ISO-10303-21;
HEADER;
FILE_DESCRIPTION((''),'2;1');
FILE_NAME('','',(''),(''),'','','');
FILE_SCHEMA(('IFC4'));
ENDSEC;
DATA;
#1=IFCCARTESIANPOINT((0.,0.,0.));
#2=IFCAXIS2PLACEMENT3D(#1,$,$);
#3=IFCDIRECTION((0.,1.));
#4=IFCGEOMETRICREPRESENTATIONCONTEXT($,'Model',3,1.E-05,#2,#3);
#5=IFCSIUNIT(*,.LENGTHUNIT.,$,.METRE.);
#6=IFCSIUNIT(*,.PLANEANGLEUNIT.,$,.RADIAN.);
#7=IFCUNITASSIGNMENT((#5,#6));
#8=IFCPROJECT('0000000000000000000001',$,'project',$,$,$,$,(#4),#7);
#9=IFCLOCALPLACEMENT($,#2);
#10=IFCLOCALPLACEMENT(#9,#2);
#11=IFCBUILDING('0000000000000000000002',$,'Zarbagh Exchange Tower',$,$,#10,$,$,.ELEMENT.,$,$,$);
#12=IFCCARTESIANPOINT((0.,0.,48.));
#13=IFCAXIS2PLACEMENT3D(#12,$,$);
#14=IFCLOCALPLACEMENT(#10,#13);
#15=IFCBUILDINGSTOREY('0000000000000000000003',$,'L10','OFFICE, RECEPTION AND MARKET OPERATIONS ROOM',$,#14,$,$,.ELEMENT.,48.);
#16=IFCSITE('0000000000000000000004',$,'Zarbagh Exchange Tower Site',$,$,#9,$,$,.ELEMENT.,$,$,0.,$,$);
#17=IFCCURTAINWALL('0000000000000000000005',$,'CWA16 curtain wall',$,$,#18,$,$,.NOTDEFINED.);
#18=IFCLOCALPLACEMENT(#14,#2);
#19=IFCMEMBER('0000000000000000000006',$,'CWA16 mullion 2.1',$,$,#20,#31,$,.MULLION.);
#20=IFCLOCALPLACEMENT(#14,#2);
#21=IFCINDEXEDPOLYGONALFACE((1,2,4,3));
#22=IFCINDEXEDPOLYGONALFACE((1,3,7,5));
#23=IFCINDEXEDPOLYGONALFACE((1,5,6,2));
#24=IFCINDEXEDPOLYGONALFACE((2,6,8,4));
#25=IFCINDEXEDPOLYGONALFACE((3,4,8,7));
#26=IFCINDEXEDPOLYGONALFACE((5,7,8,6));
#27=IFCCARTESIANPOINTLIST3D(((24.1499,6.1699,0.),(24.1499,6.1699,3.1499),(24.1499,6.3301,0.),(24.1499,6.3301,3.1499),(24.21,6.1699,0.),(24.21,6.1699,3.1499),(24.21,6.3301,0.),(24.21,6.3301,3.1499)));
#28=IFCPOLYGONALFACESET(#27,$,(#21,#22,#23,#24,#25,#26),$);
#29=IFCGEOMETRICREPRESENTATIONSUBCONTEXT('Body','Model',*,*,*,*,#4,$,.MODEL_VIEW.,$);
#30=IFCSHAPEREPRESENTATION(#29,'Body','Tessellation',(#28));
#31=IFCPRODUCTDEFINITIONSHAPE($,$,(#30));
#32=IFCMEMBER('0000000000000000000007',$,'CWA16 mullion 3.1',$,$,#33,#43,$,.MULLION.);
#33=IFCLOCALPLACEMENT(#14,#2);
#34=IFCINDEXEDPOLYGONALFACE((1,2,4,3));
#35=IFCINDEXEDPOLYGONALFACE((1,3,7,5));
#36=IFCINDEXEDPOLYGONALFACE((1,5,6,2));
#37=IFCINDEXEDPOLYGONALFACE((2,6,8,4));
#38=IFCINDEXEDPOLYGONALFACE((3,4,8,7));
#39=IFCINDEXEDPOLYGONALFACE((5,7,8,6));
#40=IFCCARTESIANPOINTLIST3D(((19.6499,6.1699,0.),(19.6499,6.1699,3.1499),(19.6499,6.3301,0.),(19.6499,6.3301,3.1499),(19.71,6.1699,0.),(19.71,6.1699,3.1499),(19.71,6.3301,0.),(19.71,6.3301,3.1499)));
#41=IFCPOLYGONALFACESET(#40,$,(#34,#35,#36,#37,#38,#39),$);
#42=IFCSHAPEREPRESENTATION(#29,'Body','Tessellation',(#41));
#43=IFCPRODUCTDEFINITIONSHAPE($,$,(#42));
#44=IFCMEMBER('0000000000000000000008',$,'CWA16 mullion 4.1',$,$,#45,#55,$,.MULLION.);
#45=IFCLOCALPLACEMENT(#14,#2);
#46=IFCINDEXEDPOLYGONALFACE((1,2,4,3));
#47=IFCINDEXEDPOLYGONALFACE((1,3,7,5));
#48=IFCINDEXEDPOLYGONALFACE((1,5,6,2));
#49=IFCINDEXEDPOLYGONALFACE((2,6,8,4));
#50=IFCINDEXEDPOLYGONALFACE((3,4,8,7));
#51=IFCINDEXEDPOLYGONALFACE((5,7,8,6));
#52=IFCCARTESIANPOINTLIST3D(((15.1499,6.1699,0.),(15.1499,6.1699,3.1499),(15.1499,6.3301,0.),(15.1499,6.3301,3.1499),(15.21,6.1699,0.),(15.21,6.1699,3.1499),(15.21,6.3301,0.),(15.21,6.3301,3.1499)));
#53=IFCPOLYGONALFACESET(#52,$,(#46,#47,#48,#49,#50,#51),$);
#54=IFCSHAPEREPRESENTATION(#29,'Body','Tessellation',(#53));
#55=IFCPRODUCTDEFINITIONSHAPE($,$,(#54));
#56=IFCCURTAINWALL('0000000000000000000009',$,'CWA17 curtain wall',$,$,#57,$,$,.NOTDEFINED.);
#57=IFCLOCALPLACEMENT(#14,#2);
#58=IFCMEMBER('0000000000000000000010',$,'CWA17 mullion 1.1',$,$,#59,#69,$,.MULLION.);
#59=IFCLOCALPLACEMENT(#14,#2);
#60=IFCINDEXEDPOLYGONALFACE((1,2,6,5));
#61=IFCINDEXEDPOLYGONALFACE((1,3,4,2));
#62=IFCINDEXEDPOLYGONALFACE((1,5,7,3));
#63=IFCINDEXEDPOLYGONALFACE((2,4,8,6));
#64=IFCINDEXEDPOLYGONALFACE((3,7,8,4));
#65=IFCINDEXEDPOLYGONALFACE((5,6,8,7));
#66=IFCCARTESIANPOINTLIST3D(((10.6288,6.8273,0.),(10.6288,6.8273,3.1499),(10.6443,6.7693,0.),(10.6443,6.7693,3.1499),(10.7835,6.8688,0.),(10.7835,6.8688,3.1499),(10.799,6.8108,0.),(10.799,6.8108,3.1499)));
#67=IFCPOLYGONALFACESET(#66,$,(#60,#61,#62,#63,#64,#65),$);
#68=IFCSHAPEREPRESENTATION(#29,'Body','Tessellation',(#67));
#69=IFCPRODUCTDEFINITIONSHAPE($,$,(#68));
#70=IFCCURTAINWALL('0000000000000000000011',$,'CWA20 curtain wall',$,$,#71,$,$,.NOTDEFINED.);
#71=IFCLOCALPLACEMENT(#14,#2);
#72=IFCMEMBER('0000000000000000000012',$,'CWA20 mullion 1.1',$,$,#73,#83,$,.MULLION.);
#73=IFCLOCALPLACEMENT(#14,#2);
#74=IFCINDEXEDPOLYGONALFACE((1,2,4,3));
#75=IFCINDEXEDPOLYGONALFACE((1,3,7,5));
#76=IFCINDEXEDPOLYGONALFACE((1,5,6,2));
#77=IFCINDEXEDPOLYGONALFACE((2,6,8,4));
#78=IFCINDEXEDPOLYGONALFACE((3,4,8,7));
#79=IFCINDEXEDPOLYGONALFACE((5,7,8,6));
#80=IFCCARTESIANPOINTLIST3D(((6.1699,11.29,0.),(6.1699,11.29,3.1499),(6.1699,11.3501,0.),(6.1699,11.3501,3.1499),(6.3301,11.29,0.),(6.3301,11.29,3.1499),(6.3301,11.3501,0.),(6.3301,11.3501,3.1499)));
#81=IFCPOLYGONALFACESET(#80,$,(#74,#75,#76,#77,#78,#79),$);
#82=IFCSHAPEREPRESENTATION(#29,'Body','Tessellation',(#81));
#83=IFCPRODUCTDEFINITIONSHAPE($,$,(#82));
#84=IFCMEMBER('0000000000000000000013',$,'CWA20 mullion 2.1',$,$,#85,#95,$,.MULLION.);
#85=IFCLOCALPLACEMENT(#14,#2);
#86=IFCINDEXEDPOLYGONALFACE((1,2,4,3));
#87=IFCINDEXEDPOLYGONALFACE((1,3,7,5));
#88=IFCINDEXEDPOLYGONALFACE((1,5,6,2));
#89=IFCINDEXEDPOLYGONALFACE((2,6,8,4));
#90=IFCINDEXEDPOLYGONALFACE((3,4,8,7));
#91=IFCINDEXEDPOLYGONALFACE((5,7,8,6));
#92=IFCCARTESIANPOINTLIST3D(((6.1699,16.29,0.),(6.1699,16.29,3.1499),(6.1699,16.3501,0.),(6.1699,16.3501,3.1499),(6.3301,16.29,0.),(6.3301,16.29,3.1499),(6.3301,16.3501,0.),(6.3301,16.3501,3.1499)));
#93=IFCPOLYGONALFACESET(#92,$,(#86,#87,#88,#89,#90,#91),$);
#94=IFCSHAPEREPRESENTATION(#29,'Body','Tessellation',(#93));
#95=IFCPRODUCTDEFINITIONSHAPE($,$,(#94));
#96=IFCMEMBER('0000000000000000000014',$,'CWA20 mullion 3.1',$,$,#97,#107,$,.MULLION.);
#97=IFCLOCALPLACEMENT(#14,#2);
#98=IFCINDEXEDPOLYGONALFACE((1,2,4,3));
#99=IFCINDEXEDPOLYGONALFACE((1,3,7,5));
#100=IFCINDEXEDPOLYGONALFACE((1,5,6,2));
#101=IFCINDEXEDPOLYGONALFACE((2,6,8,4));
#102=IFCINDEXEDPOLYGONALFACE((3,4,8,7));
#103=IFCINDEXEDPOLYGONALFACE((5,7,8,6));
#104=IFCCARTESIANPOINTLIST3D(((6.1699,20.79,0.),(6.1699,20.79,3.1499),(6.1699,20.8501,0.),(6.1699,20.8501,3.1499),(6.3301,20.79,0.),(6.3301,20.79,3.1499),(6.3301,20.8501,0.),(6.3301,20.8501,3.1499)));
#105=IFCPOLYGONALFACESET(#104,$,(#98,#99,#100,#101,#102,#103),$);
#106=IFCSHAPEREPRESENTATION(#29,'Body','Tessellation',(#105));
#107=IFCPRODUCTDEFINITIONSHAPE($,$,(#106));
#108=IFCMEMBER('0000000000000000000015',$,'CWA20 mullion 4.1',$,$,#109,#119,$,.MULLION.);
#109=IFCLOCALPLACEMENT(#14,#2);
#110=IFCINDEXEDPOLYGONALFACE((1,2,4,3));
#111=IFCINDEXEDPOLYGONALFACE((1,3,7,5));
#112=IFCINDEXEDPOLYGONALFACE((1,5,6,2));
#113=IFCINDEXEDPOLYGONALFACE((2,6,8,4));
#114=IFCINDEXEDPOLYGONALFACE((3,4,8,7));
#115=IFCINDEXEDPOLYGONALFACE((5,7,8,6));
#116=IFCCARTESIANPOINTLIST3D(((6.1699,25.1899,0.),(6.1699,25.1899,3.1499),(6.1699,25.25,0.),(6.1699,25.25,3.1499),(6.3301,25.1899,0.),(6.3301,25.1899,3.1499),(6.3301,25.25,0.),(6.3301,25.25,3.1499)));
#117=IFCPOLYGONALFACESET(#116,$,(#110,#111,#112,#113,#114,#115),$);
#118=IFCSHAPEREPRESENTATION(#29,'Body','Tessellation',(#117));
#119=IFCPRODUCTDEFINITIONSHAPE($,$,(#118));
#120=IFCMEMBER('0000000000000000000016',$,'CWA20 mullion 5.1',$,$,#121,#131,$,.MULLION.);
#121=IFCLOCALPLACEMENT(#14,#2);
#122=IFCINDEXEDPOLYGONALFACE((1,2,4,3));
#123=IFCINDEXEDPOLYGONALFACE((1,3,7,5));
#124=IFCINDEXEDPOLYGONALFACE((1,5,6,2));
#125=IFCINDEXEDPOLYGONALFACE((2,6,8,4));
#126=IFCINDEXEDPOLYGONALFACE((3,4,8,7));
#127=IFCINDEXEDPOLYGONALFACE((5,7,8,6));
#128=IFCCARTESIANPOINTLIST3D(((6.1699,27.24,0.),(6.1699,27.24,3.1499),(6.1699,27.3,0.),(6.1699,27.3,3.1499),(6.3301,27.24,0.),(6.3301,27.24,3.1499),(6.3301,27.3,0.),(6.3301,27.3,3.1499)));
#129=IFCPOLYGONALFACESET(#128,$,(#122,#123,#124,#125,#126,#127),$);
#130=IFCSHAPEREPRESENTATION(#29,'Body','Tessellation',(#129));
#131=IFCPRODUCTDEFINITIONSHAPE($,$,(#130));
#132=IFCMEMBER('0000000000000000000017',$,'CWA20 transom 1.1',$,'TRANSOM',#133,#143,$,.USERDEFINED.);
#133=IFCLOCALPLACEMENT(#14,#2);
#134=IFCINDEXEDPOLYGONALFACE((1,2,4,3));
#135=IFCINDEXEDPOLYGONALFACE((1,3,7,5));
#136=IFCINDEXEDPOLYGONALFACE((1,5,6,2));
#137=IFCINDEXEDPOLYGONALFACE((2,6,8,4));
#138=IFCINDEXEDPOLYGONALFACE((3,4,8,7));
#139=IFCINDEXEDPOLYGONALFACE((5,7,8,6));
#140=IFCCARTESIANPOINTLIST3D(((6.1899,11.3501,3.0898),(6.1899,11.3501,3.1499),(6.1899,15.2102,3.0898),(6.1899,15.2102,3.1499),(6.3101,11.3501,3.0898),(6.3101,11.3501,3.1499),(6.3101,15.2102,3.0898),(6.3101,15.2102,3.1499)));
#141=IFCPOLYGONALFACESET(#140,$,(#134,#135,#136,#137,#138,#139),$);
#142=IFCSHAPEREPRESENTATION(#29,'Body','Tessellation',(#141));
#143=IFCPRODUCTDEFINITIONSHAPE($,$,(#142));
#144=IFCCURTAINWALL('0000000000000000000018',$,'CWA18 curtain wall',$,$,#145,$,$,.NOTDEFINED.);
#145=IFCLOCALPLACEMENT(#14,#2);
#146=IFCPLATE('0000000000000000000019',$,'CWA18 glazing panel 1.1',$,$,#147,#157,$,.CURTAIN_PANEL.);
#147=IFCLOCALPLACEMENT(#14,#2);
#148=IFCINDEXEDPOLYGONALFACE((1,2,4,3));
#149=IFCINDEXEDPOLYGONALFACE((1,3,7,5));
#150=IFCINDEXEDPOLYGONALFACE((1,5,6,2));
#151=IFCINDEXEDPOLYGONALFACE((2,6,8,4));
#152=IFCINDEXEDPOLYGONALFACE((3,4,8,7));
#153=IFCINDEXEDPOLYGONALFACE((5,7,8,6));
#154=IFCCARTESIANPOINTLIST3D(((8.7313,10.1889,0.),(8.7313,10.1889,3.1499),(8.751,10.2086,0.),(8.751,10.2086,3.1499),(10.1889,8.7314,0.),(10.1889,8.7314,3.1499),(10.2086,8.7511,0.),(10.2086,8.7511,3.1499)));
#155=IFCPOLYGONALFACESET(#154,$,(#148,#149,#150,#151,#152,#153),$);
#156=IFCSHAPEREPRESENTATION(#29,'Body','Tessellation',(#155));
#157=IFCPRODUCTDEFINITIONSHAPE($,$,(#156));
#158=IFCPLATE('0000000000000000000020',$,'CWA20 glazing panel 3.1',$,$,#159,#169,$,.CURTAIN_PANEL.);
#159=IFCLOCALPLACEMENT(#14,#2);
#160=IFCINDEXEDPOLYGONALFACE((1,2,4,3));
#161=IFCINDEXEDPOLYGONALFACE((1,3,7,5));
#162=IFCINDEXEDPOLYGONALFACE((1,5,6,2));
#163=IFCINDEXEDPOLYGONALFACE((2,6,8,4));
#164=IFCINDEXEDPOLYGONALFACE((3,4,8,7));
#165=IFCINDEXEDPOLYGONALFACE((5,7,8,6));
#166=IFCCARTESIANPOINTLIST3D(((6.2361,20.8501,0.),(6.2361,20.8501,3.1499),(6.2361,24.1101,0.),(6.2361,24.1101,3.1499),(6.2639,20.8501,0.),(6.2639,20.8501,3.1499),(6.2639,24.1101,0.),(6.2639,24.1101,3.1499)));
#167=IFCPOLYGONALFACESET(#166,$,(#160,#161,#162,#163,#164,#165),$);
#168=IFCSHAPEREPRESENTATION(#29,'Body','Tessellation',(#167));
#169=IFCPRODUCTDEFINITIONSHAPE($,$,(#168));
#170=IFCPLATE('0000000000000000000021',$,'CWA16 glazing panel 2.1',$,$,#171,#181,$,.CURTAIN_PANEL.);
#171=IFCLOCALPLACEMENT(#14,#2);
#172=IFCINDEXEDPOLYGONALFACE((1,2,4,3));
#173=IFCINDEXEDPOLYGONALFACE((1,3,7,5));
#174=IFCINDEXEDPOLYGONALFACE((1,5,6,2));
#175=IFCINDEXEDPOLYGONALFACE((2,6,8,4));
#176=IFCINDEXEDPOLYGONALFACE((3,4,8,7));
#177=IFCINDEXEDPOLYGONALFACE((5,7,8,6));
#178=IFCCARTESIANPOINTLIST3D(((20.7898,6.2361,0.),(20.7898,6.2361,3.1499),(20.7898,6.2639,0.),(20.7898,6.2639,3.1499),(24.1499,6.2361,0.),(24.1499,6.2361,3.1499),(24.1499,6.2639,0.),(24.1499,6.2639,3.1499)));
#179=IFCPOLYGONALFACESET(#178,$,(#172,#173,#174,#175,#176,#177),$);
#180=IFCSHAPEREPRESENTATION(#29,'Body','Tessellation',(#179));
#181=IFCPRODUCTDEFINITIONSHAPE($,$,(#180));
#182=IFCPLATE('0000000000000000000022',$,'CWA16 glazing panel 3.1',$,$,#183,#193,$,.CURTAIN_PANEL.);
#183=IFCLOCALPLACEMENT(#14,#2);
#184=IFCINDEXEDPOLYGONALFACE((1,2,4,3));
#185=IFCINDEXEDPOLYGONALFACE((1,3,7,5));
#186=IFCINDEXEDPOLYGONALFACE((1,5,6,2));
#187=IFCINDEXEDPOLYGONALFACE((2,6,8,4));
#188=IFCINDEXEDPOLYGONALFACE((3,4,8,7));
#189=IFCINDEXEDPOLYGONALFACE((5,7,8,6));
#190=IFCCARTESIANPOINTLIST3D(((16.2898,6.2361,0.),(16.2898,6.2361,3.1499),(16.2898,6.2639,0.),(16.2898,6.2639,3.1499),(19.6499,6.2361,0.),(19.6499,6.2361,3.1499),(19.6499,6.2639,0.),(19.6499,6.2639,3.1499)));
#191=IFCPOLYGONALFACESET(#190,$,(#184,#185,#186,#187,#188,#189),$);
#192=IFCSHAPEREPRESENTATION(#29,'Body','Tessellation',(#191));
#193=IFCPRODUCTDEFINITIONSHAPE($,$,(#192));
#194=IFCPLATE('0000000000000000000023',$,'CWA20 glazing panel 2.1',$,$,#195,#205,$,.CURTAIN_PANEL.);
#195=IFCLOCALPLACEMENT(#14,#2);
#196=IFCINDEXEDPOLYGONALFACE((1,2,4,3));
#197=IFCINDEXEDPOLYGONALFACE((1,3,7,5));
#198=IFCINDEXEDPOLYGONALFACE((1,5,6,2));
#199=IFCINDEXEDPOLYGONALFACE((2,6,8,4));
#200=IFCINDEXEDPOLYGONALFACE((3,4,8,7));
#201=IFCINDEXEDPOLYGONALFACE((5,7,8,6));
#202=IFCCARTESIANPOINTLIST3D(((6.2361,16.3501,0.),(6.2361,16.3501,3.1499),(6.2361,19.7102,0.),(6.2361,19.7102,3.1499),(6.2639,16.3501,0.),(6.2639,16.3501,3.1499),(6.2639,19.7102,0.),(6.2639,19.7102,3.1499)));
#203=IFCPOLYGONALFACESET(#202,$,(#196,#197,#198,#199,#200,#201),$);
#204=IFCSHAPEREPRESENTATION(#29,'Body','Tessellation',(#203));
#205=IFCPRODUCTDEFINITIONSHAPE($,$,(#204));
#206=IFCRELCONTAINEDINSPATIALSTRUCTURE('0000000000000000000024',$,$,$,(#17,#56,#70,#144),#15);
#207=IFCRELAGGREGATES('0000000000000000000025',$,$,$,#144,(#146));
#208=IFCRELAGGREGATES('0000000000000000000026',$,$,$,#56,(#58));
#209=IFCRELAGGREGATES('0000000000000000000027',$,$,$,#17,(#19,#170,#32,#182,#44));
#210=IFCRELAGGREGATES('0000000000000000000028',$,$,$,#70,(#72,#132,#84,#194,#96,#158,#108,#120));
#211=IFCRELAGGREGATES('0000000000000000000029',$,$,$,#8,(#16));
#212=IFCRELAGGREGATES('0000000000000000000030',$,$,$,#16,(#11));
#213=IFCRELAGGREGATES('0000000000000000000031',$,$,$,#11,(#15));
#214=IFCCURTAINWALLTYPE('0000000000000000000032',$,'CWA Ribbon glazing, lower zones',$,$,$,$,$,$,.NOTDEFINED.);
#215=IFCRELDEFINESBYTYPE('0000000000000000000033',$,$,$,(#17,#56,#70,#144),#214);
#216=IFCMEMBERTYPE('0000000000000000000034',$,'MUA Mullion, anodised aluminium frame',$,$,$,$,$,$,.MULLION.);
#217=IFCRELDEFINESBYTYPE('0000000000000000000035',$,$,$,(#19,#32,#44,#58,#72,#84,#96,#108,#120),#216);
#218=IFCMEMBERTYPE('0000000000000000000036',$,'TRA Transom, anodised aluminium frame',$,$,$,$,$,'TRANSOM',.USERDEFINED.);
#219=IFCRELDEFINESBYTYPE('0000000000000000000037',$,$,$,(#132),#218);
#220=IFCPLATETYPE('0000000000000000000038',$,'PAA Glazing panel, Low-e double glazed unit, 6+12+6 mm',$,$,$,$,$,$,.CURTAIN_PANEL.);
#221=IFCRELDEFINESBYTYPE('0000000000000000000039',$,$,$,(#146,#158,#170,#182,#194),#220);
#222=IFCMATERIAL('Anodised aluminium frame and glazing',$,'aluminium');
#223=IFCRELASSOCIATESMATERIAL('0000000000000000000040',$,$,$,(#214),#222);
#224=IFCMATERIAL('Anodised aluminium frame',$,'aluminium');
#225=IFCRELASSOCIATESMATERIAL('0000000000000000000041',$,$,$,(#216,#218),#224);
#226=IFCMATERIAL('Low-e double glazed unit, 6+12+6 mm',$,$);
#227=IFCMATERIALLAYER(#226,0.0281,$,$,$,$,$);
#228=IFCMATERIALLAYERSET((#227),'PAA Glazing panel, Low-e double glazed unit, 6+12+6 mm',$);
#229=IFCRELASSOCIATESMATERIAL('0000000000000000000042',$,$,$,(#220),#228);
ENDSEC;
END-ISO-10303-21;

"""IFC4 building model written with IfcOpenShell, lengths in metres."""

from ifc_helpers import new_model, si_unit, direction, frame, origin, place, context, subcontext, project, spatial, polyline, outline, extrude, source, transform, mapped, material, layer, layer_set, type_object, element, aggregate, save


model = new_model("IFC4")

# Units and contexts
model_context = context("Model", 3, precision=1e-05, world=origin(), true_north=direction((0.0, 1.0)))
body_context = subcontext(model_context, "Body", "Model", "MODEL_VIEW")
ifc_project = project(units=[si_unit("LENGTHUNIT", "METRE"), si_unit("PLANEANGLEUNIT", "RADIAN")], contexts=[model_context])

# Site, building, storey
site_placement = place(None, origin())
site = spatial("IfcSite", under=ifc_project, at=site_placement, Name="Zarbagh Exchange Tower Site", CompositionType="ELEMENT", RefElevation=0.0)
building_placement = place(site_placement, origin())
building = spatial("IfcBuilding", under=site, at=building_placement, Name="Zarbagh Exchange Tower", CompositionType="ELEMENT")
storey_placement = place(building_placement, frame((0.0, 0.0, 48.0)))
storey = spatial("IfcBuildingStorey", under=building, at=storey_placement, Name="L10", Description="OFFICE, RECEPTION AND MARKET OPERATIONS ROOM", CompositionType="ELEMENT", Elevation=48.0)

# Curtain wall, members
ifc_material_1 = material(Name="Anodised aluminium frame and glazing", Category="aluminium")
curtain_wall_type = type_object("IfcCurtainWallType", Name="CWA Ribbon glazing, lower zones", PredefinedType="NOTDEFINED", material=ifc_material_1)
curtain_wall_1_placement = place(storey_placement, origin())
curtain_wall_1 = element("IfcCurtainWall", 1, at=curtain_wall_1_placement, inside=storey, type_object=curtain_wall_type, Name="CWA16 curtain wall", PredefinedType="NOTDEFINED")
ifc_material_2 = material(Name="Anodised aluminium frame", Category="aluminium")
member_type_1 = type_object("IfcMemberType", Name="MUA Mullion, anodised aluminium frame", PredefinedType="MULLION", material=ifc_material_2)
shared_shape_1 = source(origin(), body_context, "Body", "SweptSolid", [
    extrude(outline(polyline([(0.0, -0.0801), (0.0601, -0.0801), (0.0601, 0.0801), (0.0, 0.0801), (0.0, -0.0801)])), origin(), (0.0, 0.0, 1.0), 3.1499),
])
placement = place(storey_placement, origin())
member_1 = element("IfcMember", 2, at=placement, type_object=member_type_1, Name="CWA16 mullion 2.1", PredefinedType="MULLION", context=body_context, shape_type="MappedRepresentation", body=[
    mapped(shared_shape_1, transform((24.21, 6.25, 0.0), x_axis=(-1.0, 0.0, 0.0), y_axis=(0.0, -1.0, 0.0), z_axis=(0.0, 0.0, 1.0))),
])
member_2 = element("IfcMember", 3, at=placement, type_object=member_type_1, Name="CWA16 mullion 3.1", PredefinedType="MULLION", context=body_context, shape_type="MappedRepresentation", body=[
    mapped(shared_shape_1, transform((19.71, 6.25, 0.0), x_axis=(-1.0, 0.0, 0.0), y_axis=(0.0, -1.0, 0.0), z_axis=(0.0, 0.0, 1.0))),
])
member_3 = element("IfcMember", 4, at=placement, type_object=member_type_1, Name="CWA16 mullion 4.1", PredefinedType="MULLION", context=body_context, shape_type="MappedRepresentation", body=[
    mapped(shared_shape_1, transform((15.21, 6.25, 0.0), x_axis=(-1.0, 0.0, 0.0), y_axis=(0.0, -1.0, 0.0), z_axis=(0.0, 0.0, 1.0))),
])

# Curtain wall, member
curtain_wall_2_placement = place(storey_placement, origin())
curtain_wall_2 = element("IfcCurtainWall", 5, at=curtain_wall_2_placement, inside=storey, type_object=curtain_wall_type, Name="CWA17 curtain wall", PredefinedType="NOTDEFINED")
member_4 = element("IfcMember", 6, at=placement, type_object=member_type_1, Name="CWA17 mullion 1.1", PredefinedType="MULLION", context=body_context, shape_type="MappedRepresentation", body=[
    mapped(shared_shape_1, transform((10.7217, 6.79, 0.0), x_axis=(-0.258825, 0.965924, 0.0), y_axis=(-0.965924, -0.258825, 0.0), z_axis=(0.0, 0.0, 1.0))),
])

# Curtain wall, members
curtain_wall_3_placement = place(storey_placement, origin())
curtain_wall_3 = element("IfcCurtainWall", 7, at=curtain_wall_3_placement, inside=storey, type_object=curtain_wall_type, Name="CWA20 curtain wall", PredefinedType="NOTDEFINED")
member_5 = element("IfcMember", 8, at=placement, type_object=member_type_1, Name="CWA20 mullion 1.1", PredefinedType="MULLION", context=body_context, shape_type="MappedRepresentation", body=[
    mapped(shared_shape_1, transform((6.25, 11.29, 0.0), x_axis=(0.0, 1.0, 0.0), y_axis=(-1.0, 0.0, 0.0), z_axis=(0.0, 0.0, 1.0))),
])
member_6 = element("IfcMember", 9, at=placement, type_object=member_type_1, Name="CWA20 mullion 2.1", PredefinedType="MULLION", context=body_context, shape_type="MappedRepresentation", body=[
    mapped(shared_shape_1, transform((6.25, 16.29, 0.0), x_axis=(0.0, 1.0, 0.0), y_axis=(-1.0, 0.0, 0.0), z_axis=(0.0, 0.0, 1.0))),
])
member_7 = element("IfcMember", 10, at=placement, type_object=member_type_1, Name="CWA20 mullion 3.1", PredefinedType="MULLION", context=body_context, shape_type="MappedRepresentation", body=[
    mapped(shared_shape_1, transform((6.25, 20.79, 0.0), x_axis=(0.0, 1.0, 0.0), y_axis=(-1.0, 0.0, 0.0), z_axis=(0.0, 0.0, 1.0))),
])
member_8 = element("IfcMember", 11, at=placement, type_object=member_type_1, Name="CWA20 mullion 4.1", PredefinedType="MULLION", context=body_context, shape_type="MappedRepresentation", body=[
    mapped(shared_shape_1, transform((6.25, 25.1899, 0.0), x_axis=(0.0, 1.0, 0.0), y_axis=(-1.0, 0.0, 0.0), z_axis=(0.0, 0.0, 1.0))),
])
member_9 = element("IfcMember", 12, at=placement, type_object=member_type_1, Name="CWA20 mullion 5.1", PredefinedType="MULLION", context=body_context, shape_type="MappedRepresentation", body=[
    mapped(shared_shape_1, transform((6.25, 27.24, 0.0), x_axis=(0.0, 1.0, 0.0), y_axis=(-1.0, 0.0, 0.0), z_axis=(0.0, 0.0, 1.0))),
])
member_type_2 = type_object("IfcMemberType", Name="TRA Transom, anodised aluminium frame", ElementType="TRANSOM", PredefinedType="USERDEFINED", material=ifc_material_2)
shared_shape_2 = source(origin(), body_context, "Body", "SweptSolid", [
    extrude(outline(polyline([(-0.0601, -0.0601), (0.0, -0.0601), (0.0, 0.0601), (-0.0601, 0.0601), (-0.0601, -0.0601)])), origin(), (0.0, 0.0, 1.0), 3.8601),
])
member_10 = element("IfcMember", 13, at=placement, type_object=member_type_2, Name="CWA20 transom 1.1", ObjectType="TRANSOM", PredefinedType="USERDEFINED", context=body_context, shape_type="MappedRepresentation", body=[
    mapped(shared_shape_2, transform((6.25, 11.3501, 3.1499), x_axis=(0.0, 0.0, 1.0), y_axis=(1.0, 0.0, 0.0), z_axis=(0.0, 1.0, 0.0))),
])

# Curtain wall, plate
curtain_wall_4_placement = place(storey_placement, origin())
curtain_wall_4 = element("IfcCurtainWall", 14, at=curtain_wall_4_placement, inside=storey, type_object=curtain_wall_type, Name="CWA18 curtain wall", PredefinedType="NOTDEFINED")
ifc_material_3 = material(Name="Low-e double glazed unit, 6+12+6 mm")
ifc_layer_1 = layer(ifc_material_3, 0.0281)
ifc_layer_set_1 = layer_set([ifc_layer_1], Name="PAA Glazing panel, Low-e double glazed unit, 6+12+6 mm")
plate_type = type_object("IfcPlateType", Name="PAA Glazing panel, Low-e double glazed unit, 6+12+6 mm", PredefinedType="CURTAIN_PANEL", material=ifc_layer_set_1)
shared_shape_3 = source(origin(), body_context, "Body", "SweptSolid", [
    extrude(outline(polyline([(0.0, -0.0139), (2.0613, -0.0139), (2.0613, 0.0139), (0.0, 0.0139), (0.0, -0.0139)])), origin(), (0.0, 0.0, 1.0), 3.1499),
])
plate_1 = element("IfcPlate", 15, at=placement, type_object=plate_type, Name="CWA18 glazing panel 1.1", PredefinedType="CURTAIN_PANEL", context=body_context, shape_type="MappedRepresentation", body=[
    mapped(shared_shape_3, transform((10.1987, 8.7412, 0.0), x_axis=(-0.707107, 0.707107, 0.0), y_axis=(-0.707107, -0.707107, 0.0), z_axis=(0.0, 0.0, 1.0))),
])
aggregate(curtain_wall_4, [plate_1])

# Plates
shared_shape_4 = source(origin(), body_context, "Body", "SweptSolid", [
    extrude(outline(polyline([(0.0, -0.0139), (3.26, -0.0139), (3.26, 0.0139), (0.0, 0.0139), (0.0, -0.0139)])), origin(), (0.0, 0.0, 1.0), 3.1499),
])
plate_2 = element("IfcPlate", 16, at=placement, type_object=plate_type, Name="CWA20 glazing panel 3.1", PredefinedType="CURTAIN_PANEL", context=body_context, shape_type="MappedRepresentation", body=[
    mapped(shared_shape_4, transform((6.25, 20.8501, 0.0), x_axis=(0.0, 1.0, 0.0), y_axis=(-1.0, 0.0, 0.0), z_axis=(0.0, 0.0, 1.0))),
])
shared_shape_5 = source(origin(), body_context, "Body", "SweptSolid", [
    extrude(outline(polyline([(0.0, -0.0139), (3.3601, -0.0139), (3.3601, 0.0139), (0.0, 0.0139), (0.0, -0.0139)])), origin(), (0.0, 0.0, 1.0), 3.1499),
])
plate_3 = element("IfcPlate", 17, at=placement, type_object=plate_type, Name="CWA16 glazing panel 2.1", PredefinedType="CURTAIN_PANEL", context=body_context, shape_type="MappedRepresentation", body=[
    mapped(shared_shape_5, transform((24.1499, 6.25, 0.0), x_axis=(-1.0, 0.0, 0.0), y_axis=(0.0, -1.0, 0.0), z_axis=(0.0, 0.0, 1.0))),
])
plate_4 = element("IfcPlate", 18, at=placement, type_object=plate_type, Name="CWA16 glazing panel 3.1", PredefinedType="CURTAIN_PANEL", context=body_context, shape_type="MappedRepresentation", body=[
    mapped(shared_shape_5, transform((19.6499, 6.25, 0.0), x_axis=(-1.0, 0.0, 0.0), y_axis=(0.0, -1.0, 0.0), z_axis=(0.0, 0.0, 1.0))),
])
plate_5 = element("IfcPlate", 19, at=placement, type_object=plate_type, Name="CWA20 glazing panel 2.1", PredefinedType="CURTAIN_PANEL", context=body_context, shape_type="MappedRepresentation", body=[
    mapped(shared_shape_5, transform((6.25, 16.3501, 0.0), x_axis=(0.0, 1.0, 0.0), y_axis=(-1.0, 0.0, 0.0), z_axis=(0.0, 0.0, 1.0))),
])
aggregate(curtain_wall_2, [member_4])

aggregate(curtain_wall_1, [member_1, plate_3, member_2, plate_4, member_3])
aggregate(curtain_wall_3, [member_5, member_10, member_6, plate_5, member_7, plate_2, member_8, member_9])

save(model, "model.ifc")
